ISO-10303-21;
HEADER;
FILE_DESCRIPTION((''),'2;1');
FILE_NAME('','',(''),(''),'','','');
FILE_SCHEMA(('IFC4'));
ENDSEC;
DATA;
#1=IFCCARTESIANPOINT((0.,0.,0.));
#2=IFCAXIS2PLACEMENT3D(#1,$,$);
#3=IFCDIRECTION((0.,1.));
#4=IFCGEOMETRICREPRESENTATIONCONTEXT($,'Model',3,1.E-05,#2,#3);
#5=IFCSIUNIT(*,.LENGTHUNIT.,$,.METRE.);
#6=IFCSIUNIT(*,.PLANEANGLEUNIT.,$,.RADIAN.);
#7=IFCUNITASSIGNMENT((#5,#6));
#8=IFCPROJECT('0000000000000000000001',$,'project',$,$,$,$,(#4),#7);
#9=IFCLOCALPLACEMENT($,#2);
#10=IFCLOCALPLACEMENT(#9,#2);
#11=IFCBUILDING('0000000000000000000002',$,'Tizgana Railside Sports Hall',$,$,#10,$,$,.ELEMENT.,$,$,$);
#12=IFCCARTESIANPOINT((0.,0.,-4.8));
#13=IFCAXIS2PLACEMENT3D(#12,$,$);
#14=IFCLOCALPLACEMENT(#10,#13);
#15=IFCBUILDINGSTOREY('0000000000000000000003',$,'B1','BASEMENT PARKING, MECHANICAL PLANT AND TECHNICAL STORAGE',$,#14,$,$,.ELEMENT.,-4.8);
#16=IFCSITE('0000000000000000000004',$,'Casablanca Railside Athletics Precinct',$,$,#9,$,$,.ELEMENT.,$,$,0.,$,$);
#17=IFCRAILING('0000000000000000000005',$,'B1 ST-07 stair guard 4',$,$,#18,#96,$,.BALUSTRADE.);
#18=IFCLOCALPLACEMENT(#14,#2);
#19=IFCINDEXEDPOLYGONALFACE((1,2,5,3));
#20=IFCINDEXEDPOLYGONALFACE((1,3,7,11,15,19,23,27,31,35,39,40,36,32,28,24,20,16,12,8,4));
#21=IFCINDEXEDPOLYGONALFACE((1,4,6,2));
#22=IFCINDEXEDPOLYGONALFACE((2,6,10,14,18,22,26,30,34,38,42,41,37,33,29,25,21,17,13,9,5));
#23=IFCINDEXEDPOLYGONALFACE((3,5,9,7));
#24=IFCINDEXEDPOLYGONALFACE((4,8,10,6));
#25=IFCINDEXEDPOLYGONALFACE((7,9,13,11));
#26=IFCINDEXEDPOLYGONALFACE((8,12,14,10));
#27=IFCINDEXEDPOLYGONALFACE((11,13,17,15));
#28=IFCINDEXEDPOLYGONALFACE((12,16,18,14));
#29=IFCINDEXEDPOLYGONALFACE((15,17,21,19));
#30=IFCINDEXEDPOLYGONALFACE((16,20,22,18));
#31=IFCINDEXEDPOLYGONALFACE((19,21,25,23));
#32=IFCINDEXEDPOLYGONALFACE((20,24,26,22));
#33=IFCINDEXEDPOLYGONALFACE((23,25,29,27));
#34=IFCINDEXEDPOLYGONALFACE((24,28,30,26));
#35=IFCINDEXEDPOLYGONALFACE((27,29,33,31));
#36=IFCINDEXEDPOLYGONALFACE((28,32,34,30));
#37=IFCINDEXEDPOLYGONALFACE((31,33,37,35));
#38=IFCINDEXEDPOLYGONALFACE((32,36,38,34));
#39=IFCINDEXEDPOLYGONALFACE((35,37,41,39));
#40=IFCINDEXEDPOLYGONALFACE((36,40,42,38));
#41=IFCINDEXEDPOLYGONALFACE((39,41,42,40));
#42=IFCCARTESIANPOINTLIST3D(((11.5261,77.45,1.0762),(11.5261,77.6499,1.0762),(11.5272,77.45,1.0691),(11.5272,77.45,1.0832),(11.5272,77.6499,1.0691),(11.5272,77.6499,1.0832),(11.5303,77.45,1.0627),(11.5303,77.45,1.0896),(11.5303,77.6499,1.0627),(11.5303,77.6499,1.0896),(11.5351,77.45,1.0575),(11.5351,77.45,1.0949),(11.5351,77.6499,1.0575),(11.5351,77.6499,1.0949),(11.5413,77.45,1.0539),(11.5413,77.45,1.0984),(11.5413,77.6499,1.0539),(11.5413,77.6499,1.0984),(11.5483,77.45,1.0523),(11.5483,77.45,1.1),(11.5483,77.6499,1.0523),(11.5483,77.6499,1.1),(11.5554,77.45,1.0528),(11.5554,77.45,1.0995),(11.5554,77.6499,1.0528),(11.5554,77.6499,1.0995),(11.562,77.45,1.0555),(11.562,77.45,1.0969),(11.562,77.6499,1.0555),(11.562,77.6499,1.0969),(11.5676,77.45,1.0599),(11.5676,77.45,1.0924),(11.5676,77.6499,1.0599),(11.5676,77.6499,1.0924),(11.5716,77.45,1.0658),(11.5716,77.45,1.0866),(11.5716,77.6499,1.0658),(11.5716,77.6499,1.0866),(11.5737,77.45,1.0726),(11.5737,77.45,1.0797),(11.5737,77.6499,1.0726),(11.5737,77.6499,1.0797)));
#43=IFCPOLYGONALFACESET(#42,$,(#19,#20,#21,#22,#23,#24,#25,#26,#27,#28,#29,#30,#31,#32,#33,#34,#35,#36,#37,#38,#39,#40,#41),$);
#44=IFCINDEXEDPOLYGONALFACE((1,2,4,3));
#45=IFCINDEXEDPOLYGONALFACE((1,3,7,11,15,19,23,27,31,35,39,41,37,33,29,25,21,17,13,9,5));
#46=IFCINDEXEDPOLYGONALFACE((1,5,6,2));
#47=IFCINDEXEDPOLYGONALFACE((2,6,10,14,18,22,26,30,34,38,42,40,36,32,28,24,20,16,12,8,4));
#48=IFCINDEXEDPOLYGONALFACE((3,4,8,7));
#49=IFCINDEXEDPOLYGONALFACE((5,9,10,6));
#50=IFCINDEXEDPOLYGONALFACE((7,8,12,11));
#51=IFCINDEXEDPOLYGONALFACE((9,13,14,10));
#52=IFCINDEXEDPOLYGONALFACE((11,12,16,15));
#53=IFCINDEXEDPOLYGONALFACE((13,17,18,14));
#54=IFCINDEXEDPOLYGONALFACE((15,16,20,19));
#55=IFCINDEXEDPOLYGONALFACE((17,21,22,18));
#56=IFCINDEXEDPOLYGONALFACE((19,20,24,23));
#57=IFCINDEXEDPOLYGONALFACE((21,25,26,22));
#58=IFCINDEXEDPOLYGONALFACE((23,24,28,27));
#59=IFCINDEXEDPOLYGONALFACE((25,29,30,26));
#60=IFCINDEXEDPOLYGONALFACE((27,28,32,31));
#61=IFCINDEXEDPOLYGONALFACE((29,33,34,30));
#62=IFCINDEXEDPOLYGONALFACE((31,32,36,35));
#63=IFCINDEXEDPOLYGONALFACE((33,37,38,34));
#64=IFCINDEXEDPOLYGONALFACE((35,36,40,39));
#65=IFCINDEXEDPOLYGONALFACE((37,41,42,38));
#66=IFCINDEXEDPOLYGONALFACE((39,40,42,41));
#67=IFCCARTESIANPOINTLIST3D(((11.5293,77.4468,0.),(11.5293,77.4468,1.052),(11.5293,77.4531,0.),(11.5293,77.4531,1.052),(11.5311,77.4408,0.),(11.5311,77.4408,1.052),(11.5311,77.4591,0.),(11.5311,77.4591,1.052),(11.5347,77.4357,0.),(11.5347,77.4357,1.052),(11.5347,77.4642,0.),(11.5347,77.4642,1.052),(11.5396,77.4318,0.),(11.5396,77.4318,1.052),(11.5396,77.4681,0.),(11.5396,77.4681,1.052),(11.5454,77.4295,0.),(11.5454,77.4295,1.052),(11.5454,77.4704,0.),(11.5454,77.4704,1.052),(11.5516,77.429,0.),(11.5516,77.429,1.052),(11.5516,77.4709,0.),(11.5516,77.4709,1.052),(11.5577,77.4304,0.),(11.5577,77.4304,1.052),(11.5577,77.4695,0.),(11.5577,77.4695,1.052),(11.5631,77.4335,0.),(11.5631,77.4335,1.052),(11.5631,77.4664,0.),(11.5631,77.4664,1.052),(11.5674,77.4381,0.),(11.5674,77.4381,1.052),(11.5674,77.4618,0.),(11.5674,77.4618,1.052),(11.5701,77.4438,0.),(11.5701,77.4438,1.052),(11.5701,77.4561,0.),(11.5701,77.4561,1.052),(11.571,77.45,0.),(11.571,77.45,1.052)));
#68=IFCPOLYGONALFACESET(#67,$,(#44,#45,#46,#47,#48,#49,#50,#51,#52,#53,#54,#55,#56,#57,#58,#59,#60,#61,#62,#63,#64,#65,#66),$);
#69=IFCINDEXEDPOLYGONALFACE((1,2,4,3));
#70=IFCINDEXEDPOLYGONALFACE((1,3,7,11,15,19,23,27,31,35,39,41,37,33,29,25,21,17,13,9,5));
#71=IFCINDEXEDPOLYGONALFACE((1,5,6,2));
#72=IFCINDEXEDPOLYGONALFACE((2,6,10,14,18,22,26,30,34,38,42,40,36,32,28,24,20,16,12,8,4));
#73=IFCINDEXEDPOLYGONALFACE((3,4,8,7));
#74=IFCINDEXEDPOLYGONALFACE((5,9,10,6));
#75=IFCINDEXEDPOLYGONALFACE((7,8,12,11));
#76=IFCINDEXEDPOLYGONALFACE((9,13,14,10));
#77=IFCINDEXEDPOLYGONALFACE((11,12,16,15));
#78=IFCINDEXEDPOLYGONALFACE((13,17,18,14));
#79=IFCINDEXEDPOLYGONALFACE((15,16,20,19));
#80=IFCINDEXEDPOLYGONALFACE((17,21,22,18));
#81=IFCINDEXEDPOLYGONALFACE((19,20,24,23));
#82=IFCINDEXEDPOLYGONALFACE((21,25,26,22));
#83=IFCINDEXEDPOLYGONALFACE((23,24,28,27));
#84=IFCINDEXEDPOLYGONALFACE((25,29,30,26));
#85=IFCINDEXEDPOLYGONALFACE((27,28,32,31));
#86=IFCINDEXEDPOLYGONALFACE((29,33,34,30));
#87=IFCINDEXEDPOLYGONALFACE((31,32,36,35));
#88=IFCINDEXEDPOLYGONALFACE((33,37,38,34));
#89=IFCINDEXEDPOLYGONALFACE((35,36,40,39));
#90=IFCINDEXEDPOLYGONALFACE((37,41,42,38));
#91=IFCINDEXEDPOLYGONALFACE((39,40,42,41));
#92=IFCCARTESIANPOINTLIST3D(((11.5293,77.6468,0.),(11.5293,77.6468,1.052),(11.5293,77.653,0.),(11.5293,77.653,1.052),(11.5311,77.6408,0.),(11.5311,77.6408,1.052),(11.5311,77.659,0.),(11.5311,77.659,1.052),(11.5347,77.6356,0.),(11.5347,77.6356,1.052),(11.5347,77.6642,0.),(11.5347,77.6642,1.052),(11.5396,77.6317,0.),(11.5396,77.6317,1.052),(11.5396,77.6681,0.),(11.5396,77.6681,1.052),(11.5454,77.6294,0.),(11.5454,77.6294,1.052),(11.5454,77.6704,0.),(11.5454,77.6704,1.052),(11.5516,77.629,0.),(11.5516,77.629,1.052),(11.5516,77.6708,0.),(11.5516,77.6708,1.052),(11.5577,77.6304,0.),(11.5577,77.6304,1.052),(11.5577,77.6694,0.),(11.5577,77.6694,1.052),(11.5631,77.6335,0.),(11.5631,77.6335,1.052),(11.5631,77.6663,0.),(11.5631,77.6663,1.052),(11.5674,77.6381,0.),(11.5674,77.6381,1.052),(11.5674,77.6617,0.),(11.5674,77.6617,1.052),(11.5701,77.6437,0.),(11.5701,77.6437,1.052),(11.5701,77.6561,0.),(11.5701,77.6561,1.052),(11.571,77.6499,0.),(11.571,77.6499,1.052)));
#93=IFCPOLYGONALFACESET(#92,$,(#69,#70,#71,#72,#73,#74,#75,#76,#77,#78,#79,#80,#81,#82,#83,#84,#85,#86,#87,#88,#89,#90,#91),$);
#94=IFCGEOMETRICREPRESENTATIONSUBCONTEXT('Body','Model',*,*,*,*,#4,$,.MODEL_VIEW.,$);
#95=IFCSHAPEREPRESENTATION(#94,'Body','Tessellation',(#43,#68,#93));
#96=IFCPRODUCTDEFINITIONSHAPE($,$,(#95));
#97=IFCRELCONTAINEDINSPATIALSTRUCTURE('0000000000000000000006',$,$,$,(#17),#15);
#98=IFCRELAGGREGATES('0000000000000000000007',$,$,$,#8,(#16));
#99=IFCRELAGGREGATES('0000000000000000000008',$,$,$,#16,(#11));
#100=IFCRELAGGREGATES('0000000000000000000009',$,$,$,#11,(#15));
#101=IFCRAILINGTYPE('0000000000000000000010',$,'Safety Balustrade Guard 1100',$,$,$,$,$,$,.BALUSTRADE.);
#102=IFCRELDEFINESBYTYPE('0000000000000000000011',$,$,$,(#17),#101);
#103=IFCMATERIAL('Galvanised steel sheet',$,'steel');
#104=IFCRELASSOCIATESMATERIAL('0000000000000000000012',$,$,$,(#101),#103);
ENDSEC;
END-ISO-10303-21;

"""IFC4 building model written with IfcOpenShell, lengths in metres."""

from ifc_helpers import new_model, si_unit, direction, frame, origin, origin_2d, place, context, subcontext, project, spatial, circle, extrude, material, type_object, element, save


model = new_model("IFC4")

# Units and contexts
model_context = context("Model", 3, precision=1e-05, world=origin(), true_north=direction((0.0, 1.0)))
body_context = subcontext(model_context, "Body", "Model", "MODEL_VIEW")
ifc_project = project(units=[si_unit("LENGTHUNIT", "METRE"), si_unit("PLANEANGLEUNIT", "RADIAN")], contexts=[model_context])

# Site, building, storey
site_placement = place(None, origin())
site = spatial("IfcSite", under=ifc_project, at=site_placement, Name="Casablanca Railside Athletics Precinct", CompositionType="ELEMENT", RefElevation=0.0)
building_placement = place(site_placement, origin())
building = spatial("IfcBuilding", under=site, at=building_placement, Name="Tizgana Railside Sports Hall", CompositionType="ELEMENT")
storey_placement = place(building_placement, frame((0.0, 0.0, -4.8)))
storey = spatial("IfcBuildingStorey", under=building, at=storey_placement, Name="B1", Description="BASEMENT PARKING, MECHANICAL PLANT AND TECHNICAL STORAGE", CompositionType="ELEMENT", Elevation=-4.8)

# Railing
ifc_material_1 = material(Name="Galvanised steel sheet", Category="steel")
railing_type_1 = type_object("IfcRailingType", Name="Safety Balustrade Guard 1100", PredefinedType="BALUSTRADE", material=ifc_material_1)
railing_1_placement = place(storey_placement, frame((11.55, 77.45, 0.0)))
element("IfcRailing", 1, at=railing_1_placement, inside=storey, type_object=railing_type_1, Name="B1 ST-07 stair guard 4", PredefinedType="BALUSTRADE", context=body_context, shape_type="SweptSolid", body=[
    extrude(circle(Radius=0.0239, at=origin_2d()), frame((0.0, 0.0, 1.0762), z_axis=(0.0, 1.0, 0.0), x_axis=(-1.0, 0.0, 0.0)), (0.0, 0.0, 1.0), 0.2),
    extrude(circle(Radius=0.021, at=origin_2d()), origin(), (0.0, 0.0, 1.0), 1.052),
    extrude(circle(Radius=0.021, at=origin_2d()), frame((0.0, 0.2, 0.0)), (0.0, 0.0, 1.0), 1.052),
])

save(model, "model.ifc")
